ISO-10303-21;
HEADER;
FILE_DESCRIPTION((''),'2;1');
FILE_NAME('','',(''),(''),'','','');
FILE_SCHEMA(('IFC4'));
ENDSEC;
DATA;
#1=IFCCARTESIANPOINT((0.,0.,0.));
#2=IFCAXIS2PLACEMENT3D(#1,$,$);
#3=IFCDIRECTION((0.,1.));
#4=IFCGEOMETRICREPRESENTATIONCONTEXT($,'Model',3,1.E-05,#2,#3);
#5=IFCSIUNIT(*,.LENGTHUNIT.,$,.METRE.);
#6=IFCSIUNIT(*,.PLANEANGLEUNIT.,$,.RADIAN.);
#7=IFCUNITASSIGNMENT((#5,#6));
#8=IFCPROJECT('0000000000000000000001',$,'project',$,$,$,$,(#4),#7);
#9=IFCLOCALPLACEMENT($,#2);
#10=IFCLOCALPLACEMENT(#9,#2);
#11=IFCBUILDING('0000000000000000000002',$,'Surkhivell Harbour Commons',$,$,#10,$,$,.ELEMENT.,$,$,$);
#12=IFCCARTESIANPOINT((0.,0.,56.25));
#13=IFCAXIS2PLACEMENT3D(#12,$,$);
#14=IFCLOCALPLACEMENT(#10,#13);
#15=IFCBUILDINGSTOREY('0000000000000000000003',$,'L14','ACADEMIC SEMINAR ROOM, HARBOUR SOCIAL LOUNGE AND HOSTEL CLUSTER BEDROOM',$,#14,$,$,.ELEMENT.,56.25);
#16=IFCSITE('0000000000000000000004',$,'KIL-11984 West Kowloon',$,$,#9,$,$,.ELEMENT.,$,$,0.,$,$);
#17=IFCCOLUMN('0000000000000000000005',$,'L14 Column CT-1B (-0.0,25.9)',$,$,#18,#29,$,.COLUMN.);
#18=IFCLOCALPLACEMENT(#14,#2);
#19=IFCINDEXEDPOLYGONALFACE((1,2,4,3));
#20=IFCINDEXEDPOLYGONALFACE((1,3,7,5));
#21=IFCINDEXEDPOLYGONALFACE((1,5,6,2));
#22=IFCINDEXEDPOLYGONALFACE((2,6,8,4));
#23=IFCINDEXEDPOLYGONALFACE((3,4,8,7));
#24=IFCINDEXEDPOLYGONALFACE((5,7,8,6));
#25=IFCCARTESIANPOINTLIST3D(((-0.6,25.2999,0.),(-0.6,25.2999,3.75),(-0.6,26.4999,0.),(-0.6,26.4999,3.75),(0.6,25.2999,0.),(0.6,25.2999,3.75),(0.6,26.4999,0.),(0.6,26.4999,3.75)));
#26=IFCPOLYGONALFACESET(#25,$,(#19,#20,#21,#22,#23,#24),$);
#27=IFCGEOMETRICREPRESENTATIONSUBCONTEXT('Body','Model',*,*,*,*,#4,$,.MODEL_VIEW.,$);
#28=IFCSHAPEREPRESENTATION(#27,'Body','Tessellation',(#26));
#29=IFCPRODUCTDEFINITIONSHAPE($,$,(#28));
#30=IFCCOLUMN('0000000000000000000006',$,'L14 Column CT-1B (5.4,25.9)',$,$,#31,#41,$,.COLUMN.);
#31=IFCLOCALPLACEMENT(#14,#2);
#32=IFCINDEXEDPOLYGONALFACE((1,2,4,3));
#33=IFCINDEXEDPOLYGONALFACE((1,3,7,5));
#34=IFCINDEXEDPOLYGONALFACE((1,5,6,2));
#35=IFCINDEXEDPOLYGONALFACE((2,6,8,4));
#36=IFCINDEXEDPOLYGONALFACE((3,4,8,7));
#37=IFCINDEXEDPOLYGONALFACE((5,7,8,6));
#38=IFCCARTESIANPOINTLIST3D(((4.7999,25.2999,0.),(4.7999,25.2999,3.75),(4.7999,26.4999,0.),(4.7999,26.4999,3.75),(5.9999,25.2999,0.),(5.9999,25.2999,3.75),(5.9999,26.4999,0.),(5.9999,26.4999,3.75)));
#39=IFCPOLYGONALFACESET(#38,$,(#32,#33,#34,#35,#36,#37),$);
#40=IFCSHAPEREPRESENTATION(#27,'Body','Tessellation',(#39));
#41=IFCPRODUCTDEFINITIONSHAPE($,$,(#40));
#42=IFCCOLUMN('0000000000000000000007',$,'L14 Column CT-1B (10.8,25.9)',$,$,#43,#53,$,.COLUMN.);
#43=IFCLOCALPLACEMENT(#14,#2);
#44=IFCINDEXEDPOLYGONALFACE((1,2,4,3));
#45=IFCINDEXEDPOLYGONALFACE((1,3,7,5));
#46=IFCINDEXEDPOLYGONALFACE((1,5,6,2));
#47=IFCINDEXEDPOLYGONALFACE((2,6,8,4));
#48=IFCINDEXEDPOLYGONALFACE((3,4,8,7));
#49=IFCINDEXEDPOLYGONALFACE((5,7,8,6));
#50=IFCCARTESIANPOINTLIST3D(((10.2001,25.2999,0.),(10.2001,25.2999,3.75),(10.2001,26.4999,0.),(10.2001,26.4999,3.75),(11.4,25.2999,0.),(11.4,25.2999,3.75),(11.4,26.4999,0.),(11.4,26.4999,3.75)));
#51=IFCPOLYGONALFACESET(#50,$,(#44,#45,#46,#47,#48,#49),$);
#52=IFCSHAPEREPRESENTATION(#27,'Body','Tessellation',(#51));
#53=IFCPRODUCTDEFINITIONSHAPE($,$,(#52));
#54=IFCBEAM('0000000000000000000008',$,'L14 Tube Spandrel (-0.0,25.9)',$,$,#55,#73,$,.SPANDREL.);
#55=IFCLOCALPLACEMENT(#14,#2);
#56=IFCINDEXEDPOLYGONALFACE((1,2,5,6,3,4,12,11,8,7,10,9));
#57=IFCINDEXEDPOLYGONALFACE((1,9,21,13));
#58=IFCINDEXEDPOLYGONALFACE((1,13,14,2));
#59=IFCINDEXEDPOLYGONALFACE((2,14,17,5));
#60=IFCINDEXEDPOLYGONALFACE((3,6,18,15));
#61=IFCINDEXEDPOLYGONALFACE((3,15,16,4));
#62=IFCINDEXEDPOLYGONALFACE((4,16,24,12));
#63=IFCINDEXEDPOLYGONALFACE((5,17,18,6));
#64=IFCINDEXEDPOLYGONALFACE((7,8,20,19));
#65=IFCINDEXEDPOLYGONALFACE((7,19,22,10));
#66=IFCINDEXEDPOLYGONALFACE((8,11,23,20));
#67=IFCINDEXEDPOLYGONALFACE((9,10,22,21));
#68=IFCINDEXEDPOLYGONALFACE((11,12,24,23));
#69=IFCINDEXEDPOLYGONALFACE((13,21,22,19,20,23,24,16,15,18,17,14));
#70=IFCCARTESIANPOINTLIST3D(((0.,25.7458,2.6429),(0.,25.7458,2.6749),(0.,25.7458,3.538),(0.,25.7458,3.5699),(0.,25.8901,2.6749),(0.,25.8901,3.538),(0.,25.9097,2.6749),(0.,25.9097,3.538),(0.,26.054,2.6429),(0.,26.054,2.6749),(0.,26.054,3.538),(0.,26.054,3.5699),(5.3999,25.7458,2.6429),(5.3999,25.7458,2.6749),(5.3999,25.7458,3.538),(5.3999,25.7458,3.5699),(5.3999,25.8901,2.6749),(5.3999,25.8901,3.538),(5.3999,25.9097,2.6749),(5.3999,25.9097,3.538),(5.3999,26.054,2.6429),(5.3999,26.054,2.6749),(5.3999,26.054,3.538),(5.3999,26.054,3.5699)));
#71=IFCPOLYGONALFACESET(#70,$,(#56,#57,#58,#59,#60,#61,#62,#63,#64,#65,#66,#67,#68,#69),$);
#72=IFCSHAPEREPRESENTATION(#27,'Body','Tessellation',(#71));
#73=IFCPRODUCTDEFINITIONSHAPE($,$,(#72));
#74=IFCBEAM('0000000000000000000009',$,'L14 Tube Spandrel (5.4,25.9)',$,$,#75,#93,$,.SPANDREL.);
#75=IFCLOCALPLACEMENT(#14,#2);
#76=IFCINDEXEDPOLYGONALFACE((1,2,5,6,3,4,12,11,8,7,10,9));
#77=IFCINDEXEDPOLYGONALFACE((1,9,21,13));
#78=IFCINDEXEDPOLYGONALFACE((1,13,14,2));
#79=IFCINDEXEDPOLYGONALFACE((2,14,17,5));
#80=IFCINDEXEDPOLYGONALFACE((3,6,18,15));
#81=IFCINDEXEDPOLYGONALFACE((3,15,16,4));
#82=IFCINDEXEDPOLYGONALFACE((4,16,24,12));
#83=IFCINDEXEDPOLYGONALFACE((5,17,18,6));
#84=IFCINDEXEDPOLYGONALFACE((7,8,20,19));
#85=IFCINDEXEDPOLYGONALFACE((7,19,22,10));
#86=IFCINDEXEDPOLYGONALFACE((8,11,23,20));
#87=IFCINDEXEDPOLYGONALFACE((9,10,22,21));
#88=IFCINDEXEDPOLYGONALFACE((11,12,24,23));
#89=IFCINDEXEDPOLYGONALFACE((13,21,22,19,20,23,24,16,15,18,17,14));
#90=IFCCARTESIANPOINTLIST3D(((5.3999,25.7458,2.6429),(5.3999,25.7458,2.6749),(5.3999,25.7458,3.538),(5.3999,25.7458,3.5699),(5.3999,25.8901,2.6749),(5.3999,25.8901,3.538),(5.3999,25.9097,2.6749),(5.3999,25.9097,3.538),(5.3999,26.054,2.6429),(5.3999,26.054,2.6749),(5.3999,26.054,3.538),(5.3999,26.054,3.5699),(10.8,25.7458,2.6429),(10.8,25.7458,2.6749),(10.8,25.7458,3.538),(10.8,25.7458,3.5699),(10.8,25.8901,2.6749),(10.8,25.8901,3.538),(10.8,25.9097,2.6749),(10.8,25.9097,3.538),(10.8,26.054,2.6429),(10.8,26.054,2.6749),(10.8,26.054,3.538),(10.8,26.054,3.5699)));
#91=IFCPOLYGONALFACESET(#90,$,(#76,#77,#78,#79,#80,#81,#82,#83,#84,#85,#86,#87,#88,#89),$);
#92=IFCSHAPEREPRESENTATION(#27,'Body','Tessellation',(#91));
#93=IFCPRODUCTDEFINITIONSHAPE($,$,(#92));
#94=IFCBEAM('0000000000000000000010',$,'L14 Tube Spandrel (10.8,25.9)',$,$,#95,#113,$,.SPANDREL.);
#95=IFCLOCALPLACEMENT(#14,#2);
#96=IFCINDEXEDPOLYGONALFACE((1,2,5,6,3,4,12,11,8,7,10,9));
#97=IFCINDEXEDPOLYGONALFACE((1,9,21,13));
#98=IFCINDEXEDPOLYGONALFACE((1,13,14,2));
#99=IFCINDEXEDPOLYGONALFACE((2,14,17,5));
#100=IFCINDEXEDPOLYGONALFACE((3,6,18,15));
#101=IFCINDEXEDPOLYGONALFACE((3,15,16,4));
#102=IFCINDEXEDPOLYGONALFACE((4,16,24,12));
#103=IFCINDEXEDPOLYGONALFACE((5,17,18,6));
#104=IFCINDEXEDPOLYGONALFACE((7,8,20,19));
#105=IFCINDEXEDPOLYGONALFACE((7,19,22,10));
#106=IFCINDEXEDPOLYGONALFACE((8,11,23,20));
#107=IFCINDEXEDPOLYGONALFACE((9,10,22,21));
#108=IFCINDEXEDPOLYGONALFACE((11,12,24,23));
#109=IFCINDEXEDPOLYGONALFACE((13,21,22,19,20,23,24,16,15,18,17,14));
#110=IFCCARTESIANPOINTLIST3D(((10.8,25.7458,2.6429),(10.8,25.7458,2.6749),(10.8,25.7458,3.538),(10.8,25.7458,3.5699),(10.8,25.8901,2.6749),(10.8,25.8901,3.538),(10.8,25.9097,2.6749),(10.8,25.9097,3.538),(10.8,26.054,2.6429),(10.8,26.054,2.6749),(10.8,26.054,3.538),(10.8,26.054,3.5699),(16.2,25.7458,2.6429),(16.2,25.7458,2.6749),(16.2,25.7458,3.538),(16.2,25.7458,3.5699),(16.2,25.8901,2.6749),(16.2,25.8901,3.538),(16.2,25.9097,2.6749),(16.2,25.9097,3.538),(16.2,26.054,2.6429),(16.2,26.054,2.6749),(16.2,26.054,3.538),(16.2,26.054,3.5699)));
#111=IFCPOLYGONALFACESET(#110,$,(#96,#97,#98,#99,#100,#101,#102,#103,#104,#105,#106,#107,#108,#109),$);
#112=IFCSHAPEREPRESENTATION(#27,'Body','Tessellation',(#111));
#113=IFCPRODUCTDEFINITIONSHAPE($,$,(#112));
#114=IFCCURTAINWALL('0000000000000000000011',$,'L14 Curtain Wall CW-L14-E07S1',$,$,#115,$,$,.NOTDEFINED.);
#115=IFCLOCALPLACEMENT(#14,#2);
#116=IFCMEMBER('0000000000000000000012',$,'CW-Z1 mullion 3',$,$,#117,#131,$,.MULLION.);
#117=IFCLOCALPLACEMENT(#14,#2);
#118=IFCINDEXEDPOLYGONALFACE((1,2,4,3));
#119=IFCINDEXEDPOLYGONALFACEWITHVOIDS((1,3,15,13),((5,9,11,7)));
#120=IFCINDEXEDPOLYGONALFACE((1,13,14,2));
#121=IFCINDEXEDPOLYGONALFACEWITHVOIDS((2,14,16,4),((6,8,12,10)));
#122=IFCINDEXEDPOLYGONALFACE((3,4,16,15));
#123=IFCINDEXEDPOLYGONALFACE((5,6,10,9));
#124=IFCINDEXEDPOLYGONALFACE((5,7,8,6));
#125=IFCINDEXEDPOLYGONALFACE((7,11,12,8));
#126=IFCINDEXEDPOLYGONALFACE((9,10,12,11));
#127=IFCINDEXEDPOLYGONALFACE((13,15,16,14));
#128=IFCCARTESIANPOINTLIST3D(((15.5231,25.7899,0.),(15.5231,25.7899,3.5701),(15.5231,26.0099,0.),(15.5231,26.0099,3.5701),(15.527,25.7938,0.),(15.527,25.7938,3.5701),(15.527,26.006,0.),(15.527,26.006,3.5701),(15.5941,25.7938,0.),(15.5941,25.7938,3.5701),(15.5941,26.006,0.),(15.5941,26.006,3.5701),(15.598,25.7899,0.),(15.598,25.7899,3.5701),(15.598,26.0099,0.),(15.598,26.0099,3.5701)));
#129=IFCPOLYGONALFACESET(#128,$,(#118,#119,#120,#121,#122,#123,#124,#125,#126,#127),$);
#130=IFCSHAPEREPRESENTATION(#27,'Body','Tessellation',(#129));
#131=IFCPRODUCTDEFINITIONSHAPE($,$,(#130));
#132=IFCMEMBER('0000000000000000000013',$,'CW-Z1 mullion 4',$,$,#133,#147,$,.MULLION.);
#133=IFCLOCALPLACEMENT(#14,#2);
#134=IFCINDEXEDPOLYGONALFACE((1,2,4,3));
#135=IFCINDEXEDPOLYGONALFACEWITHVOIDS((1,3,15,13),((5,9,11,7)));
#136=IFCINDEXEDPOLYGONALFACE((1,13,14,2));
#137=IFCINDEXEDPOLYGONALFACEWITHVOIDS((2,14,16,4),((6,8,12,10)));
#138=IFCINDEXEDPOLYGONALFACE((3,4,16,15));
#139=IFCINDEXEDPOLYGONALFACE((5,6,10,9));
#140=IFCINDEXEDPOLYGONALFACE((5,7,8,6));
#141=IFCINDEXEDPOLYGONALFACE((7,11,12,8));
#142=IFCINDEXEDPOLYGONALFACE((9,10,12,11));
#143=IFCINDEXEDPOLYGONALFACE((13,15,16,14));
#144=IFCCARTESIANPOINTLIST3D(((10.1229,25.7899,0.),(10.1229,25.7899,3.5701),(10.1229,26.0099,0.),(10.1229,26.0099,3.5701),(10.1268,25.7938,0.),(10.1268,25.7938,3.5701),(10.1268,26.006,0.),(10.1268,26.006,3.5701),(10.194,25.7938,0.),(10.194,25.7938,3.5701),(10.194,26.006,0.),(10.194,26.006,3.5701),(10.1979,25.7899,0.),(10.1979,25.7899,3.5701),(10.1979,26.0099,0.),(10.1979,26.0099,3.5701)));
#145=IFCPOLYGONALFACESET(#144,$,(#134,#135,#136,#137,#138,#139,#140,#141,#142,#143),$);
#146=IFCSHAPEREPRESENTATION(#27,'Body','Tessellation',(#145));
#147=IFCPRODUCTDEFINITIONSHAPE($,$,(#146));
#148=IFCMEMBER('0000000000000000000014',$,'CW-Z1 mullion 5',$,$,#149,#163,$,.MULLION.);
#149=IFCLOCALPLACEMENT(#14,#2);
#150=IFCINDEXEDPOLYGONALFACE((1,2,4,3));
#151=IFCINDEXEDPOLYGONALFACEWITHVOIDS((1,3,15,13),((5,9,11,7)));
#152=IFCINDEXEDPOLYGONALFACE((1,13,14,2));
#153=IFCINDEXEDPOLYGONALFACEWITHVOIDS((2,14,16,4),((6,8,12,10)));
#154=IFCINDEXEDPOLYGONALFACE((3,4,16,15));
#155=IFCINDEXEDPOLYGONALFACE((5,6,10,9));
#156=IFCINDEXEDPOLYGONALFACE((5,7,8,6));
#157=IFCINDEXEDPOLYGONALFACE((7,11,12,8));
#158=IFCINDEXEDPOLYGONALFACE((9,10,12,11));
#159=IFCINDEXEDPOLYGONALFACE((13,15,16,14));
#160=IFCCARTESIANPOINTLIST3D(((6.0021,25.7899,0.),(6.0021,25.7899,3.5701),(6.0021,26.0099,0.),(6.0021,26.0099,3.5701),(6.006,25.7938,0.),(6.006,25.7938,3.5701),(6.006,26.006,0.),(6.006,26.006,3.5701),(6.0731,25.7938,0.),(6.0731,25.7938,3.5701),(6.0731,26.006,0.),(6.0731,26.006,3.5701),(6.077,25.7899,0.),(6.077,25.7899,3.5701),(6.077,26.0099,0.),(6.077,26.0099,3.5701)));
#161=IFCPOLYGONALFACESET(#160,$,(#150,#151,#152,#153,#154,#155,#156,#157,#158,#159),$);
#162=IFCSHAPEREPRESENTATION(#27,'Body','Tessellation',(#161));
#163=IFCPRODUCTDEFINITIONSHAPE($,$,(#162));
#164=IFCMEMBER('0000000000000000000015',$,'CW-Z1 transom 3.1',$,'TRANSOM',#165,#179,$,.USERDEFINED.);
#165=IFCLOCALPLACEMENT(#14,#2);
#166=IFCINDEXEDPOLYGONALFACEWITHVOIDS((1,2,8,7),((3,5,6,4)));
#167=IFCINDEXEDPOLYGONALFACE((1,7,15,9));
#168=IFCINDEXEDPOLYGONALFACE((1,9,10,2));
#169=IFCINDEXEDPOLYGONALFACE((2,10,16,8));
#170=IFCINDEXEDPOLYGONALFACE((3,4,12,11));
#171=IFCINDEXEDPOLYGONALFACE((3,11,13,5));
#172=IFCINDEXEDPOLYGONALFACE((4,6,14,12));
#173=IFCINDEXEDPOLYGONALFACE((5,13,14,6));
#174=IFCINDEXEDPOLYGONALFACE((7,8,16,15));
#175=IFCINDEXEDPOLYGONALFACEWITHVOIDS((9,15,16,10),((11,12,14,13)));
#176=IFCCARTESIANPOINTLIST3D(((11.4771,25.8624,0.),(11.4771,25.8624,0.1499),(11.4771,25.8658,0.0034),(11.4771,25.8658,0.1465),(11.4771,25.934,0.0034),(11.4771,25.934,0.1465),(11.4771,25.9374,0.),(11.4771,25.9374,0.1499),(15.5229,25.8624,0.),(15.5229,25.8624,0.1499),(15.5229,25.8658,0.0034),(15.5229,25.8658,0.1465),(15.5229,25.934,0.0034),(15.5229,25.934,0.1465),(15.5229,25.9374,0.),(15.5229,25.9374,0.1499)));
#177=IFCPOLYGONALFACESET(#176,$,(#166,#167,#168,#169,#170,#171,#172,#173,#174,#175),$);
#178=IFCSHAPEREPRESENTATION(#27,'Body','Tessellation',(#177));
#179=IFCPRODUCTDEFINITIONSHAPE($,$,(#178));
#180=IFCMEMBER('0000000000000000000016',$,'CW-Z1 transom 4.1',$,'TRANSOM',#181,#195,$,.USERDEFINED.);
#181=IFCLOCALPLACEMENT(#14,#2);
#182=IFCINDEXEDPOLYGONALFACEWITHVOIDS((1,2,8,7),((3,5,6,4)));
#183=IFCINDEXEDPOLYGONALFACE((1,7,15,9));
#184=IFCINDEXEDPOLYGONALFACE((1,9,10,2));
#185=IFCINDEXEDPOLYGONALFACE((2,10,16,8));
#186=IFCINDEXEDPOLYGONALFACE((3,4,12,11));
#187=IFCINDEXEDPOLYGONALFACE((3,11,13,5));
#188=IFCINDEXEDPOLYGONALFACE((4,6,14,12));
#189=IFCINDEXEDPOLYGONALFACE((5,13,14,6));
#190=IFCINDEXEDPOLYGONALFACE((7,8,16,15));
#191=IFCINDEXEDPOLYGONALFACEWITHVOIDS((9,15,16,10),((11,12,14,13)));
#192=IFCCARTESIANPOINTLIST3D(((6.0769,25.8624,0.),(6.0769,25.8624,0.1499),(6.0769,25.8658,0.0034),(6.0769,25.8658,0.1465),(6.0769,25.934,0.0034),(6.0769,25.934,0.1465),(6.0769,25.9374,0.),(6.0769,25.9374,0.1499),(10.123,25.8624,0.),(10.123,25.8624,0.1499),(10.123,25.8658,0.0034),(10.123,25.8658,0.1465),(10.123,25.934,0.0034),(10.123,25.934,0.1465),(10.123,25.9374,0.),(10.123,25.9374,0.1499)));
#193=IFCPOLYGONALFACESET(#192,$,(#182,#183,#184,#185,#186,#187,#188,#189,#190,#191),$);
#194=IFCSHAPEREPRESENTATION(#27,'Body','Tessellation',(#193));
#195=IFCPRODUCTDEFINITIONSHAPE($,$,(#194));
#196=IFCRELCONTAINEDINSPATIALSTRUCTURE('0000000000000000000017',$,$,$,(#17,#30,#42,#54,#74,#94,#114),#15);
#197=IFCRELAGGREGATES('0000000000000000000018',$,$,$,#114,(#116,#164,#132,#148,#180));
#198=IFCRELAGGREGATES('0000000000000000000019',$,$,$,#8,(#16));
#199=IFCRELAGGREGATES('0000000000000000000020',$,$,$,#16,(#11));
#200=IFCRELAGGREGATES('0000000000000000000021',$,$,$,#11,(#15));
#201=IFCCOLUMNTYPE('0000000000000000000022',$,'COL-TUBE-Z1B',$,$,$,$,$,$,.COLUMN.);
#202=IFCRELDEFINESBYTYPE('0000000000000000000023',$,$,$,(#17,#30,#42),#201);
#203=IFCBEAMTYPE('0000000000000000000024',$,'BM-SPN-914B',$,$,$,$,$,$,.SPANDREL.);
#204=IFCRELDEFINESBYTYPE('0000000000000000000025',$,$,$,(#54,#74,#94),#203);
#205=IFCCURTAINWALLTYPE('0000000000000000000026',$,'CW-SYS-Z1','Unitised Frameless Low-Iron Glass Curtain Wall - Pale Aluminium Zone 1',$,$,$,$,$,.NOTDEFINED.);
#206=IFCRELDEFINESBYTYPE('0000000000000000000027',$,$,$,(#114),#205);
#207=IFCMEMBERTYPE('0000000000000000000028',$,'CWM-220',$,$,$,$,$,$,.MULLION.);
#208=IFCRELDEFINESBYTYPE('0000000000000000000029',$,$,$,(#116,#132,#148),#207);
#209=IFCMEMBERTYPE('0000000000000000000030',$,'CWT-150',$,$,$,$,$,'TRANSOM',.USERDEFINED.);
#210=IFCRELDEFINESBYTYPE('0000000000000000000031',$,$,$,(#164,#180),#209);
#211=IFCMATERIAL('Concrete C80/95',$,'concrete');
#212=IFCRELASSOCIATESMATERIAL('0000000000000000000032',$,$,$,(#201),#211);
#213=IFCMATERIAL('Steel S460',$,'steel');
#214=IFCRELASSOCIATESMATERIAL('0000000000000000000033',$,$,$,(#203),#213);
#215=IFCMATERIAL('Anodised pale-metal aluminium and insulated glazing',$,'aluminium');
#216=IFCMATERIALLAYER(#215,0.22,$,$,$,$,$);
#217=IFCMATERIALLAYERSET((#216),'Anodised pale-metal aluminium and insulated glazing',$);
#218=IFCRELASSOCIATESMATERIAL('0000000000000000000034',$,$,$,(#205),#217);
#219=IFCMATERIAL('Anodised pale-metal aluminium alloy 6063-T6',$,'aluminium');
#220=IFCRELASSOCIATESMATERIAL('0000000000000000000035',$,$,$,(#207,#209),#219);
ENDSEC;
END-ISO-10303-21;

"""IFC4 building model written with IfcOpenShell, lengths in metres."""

from ifc_helpers import new_model, si_unit, direction, frame, origin, origin_2d, place, context, subcontext, project, spatial, rectangle, hollow_rectangle, i_section, extrude, material, layer, layer_set, material_profile, profile_set, type_object, element, aggregate, save


model = new_model("IFC4")

# Units and contexts
model_context = context("Model", 3, precision=1e-05, world=origin(), true_north=direction((0.0, 1.0)))
body_context = subcontext(model_context, "Body", "Model", "MODEL_VIEW")
ifc_project = project(units=[si_unit("LENGTHUNIT", "METRE"), si_unit("PLANEANGLEUNIT", "RADIAN")], contexts=[model_context])

# Site, building, storey
site_placement = place(None, origin())
site = spatial("IfcSite", under=ifc_project, at=site_placement, Name="KIL-11984 West Kowloon", CompositionType="ELEMENT", RefElevation=0.0)
building_placement = place(site_placement, origin())
building = spatial("IfcBuilding", under=site, at=building_placement, Name="Surkhivell Harbour Commons", CompositionType="ELEMENT")
storey_placement = place(building_placement, frame((0.0, 0.0, 56.25)))
storey = spatial("IfcBuildingStorey", under=building, at=storey_placement, Name="L14", Description="ACADEMIC SEMINAR ROOM, HARBOUR SOCIAL LOUNGE AND HOSTEL CLUSTER BEDROOM", CompositionType="ELEMENT", Elevation=56.25)

# Columns
ifc_material_1 = material(Name="Concrete C80/95", Category="concrete")
ifc_material_profile_1 = material_profile(ifc_material_1, rectangle(XDim=1.2, YDim=1.2, at=origin_2d()), Name="RC-COL-1200x1200")
ifc_profile_set_1 = profile_set([ifc_material_profile_1], Name="Concrete C80/95")
column_type = type_object("IfcColumnType", Name="COL-TUBE-Z1B", PredefinedType="COLUMN", material=ifc_profile_set_1)
for number, where, z_axis, x_axis, name in (
    (1, (0.0, 25.8999, 0.0), (0.0, 0.0, 1.0), (1.0, 0.0, 0.0), "L14 Column CT-1B (-0.0,25.9)"),
    (2, (5.3999, 25.8999, 0.0), (0.0, 0.0, 1.0), (1.0, 0.0, 0.0), "L14 Column CT-1B (5.4,25.9)"),
    (3, (10.8, 25.8999, 0.0), (0.0, 0.0, 1.0), (1.0, 0.0, 0.0), "L14 Column CT-1B (10.8,25.9)"),
):
    element("IfcColumn", number, at=place(storey_placement, frame(where, z_axis=z_axis, x_axis=x_axis)), inside=storey, type_object=column_type, Name=name, PredefinedType="COLUMN", context=body_context, shape_type="SweptSolid", body=[
        extrude(rectangle(XDim=1.2, YDim=1.2, at=origin_2d()), origin(), (0.0, 0.0, 1.0), 3.75),
    ])

# Beams
ifc_material_2 = material(Name="Steel S460", Category="steel")
ifc_material_profile_2 = material_profile(ifc_material_2, i_section(OverallWidth=0.3081, OverallDepth=0.927, WebThickness=0.0195, FlangeThickness=0.032, at=origin_2d()), Name="UB914x305x289")
ifc_profile_set_2 = profile_set([ifc_material_profile_2], Name="Steel S460")
beam_type = type_object("IfcBeamType", Name="BM-SPN-914B", PredefinedType="SPANDREL", material=ifc_profile_set_2)
beam_1_placement = place(storey_placement, frame((0.0, 25.8999, 3.1064), z_axis=(1.0, 0.0, 0.0), x_axis=(0.0, 1.0, 0.0)))
element("IfcBeam", 4, at=beam_1_placement, inside=storey, type_object=beam_type, Name="L14 Tube Spandrel (-0.0,25.9)", PredefinedType="SPANDREL", context=body_context, shape_type="SweptSolid", body=[
    extrude(i_section(OverallWidth=0.3081, OverallDepth=0.927, WebThickness=0.0195, FlangeThickness=0.032, at=origin_2d()), origin(), (0.0, 0.0, 1.0), 5.3999),
])
beam_2_placement = place(storey_placement, frame((5.3999, 25.8999, 3.1064), z_axis=(1.0, 0.0, 0.0), x_axis=(0.0, 1.0, 0.0)))
element("IfcBeam", 5, at=beam_2_placement, inside=storey, type_object=beam_type, Name="L14 Tube Spandrel (5.4,25.9)", PredefinedType="SPANDREL", context=body_context, shape_type="SweptSolid", body=[
    extrude(i_section(OverallWidth=0.3081, OverallDepth=0.927, WebThickness=0.0195, FlangeThickness=0.032, at=origin_2d()), origin(), (0.0, 0.0, 1.0), 5.4001),
])
beam_3_placement = place(storey_placement, frame((10.8, 25.8999, 3.1064), z_axis=(1.0, 0.0, 0.0), x_axis=(0.0, 1.0, 0.0)))
element("IfcBeam", 6, at=beam_3_placement, inside=storey, type_object=beam_type, Name="L14 Tube Spandrel (10.8,25.9)", PredefinedType="SPANDREL", context=body_context, shape_type="SweptSolid", body=[
    extrude(i_section(OverallWidth=0.3081, OverallDepth=0.927, WebThickness=0.0195, FlangeThickness=0.032, at=origin_2d()), origin(), (0.0, 0.0, 1.0), 5.3999),
])

# Curtain wall, members
ifc_material_3 = material(Name="Anodised pale-metal aluminium and insulated glazing", Category="aluminium")
ifc_layer_1 = layer(ifc_material_3, 0.22)
ifc_layer_set_1 = layer_set([ifc_layer_1], Name="Anodised pale-metal aluminium and insulated glazing")
curtain_wall_type = type_object("IfcCurtainWallType", Name="CW-SYS-Z1", Description="Unitised Frameless Low-Iron Glass Curtain Wall - Pale Aluminium Zone 1", PredefinedType="NOTDEFINED", material=ifc_layer_set_1)
curtain_wall_placement = place(storey_placement, origin())
curtain_wall = element("IfcCurtainWall", 7, at=curtain_wall_placement, inside=storey, type_object=curtain_wall_type, Name="L14 Curtain Wall CW-L14-E07S1", PredefinedType="NOTDEFINED")
ifc_material_4 = material(Name="Anodised pale-metal aluminium alloy 6063-T6", Category="aluminium")
ifc_material_profile_3 = material_profile(ifc_material_4, hollow_rectangle(XDim=0.075, YDim=0.22, WallThickness=0.0039, at=origin_2d()), Name="ALU-MULL-75x220")
ifc_profile_set_3 = profile_set([ifc_material_profile_3], Name="Anodised pale-metal aluminium alloy 6063-T6")
member_type_1 = type_object("IfcMemberType", Name="CWM-220", PredefinedType="MULLION", material=ifc_profile_set_3)
member_1_placement = place(storey_placement, frame((15.5605, 25.8999, 0.0), z_axis=(0.0, 0.0, 1.0), x_axis=(-1.0, 0.0, 0.0)))
member_1 = element("IfcMember", 8, at=member_1_placement, type_object=member_type_1, Name="CW-Z1 mullion 3", PredefinedType="MULLION", context=body_context, shape_type="SweptSolid", body=[
    extrude(hollow_rectangle(XDim=0.075, YDim=0.22, WallThickness=0.0039, at=origin_2d()), origin(), (0.0, 0.0, 1.0), 3.5701),
])
member_2_placement = place(storey_placement, frame((10.1604, 25.8999, 0.0), z_axis=(0.0, 0.0, 1.0), x_axis=(-1.0, 0.0, 0.0)))
member_2 = element("IfcMember", 9, at=member_2_placement, type_object=member_type_1, Name="CW-Z1 mullion 4", PredefinedType="MULLION", context=body_context, shape_type="SweptSolid", body=[
    extrude(hollow_rectangle(XDim=0.075, YDim=0.22, WallThickness=0.0039, at=origin_2d()), origin(), (0.0, 0.0, 1.0), 3.5701),
])
member_3_placement = place(storey_placement, frame((6.0396, 25.8999, 0.0), z_axis=(0.0, 0.0, 1.0), x_axis=(-1.0, 0.0, 0.0)))
member_3 = element("IfcMember", 10, at=member_3_placement, type_object=member_type_1, Name="CW-Z1 mullion 5", PredefinedType="MULLION", context=body_context, shape_type="SweptSolid", body=[
    extrude(hollow_rectangle(XDim=0.075, YDim=0.22, WallThickness=0.0039, at=origin_2d()), origin(), (0.0, 0.0, 1.0), 3.5701),
])
ifc_material_profile_4 = material_profile(ifc_material_4, hollow_rectangle(XDim=0.075, YDim=0.1499, WallThickness=0.0034, at=origin_2d()), Name="ALU-TRAN-75x150")
ifc_profile_set_4 = profile_set([ifc_material_profile_4], Name="Anodised pale-metal aluminium alloy 6063-T6")
member_type_2 = type_object("IfcMemberType", Name="CWT-150", ElementType="TRANSOM", PredefinedType="USERDEFINED", material=ifc_profile_set_4)
member_4_placement = place(storey_placement, frame((15.5229, 25.8999, 0.075), z_axis=(-1.0, 0.0, 0.0), x_axis=(0.0, -1.0, 0.0)))
member_4 = element("IfcMember", 11, at=member_4_placement, type_object=member_type_2, Name="CW-Z1 transom 3.1", ObjectType="TRANSOM", PredefinedType="USERDEFINED", context=body_context, shape_type="SweptSolid", body=[
    extrude(hollow_rectangle(XDim=0.075, YDim=0.1499, WallThickness=0.0034, at=origin_2d()), origin(), (0.0, 0.0, 1.0), 4.0459),
])
member_5_placement = place(storey_placement, frame((10.123, 25.8999, 0.075), z_axis=(-1.0, 0.0, 0.0), x_axis=(0.0, -1.0, 0.0)))
member_5 = element("IfcMember", 12, at=member_5_placement, type_object=member_type_2, Name="CW-Z1 transom 4.1", ObjectType="TRANSOM", PredefinedType="USERDEFINED", context=body_context, shape_type="SweptSolid", body=[
    extrude(hollow_rectangle(XDim=0.075, YDim=0.1499, WallThickness=0.0034, at=origin_2d()), origin(), (0.0, 0.0, 1.0), 4.0461),
])

aggregate(curtain_wall, [member_1, member_4, member_2, member_3, member_5])

save(model, "model.ifc")
